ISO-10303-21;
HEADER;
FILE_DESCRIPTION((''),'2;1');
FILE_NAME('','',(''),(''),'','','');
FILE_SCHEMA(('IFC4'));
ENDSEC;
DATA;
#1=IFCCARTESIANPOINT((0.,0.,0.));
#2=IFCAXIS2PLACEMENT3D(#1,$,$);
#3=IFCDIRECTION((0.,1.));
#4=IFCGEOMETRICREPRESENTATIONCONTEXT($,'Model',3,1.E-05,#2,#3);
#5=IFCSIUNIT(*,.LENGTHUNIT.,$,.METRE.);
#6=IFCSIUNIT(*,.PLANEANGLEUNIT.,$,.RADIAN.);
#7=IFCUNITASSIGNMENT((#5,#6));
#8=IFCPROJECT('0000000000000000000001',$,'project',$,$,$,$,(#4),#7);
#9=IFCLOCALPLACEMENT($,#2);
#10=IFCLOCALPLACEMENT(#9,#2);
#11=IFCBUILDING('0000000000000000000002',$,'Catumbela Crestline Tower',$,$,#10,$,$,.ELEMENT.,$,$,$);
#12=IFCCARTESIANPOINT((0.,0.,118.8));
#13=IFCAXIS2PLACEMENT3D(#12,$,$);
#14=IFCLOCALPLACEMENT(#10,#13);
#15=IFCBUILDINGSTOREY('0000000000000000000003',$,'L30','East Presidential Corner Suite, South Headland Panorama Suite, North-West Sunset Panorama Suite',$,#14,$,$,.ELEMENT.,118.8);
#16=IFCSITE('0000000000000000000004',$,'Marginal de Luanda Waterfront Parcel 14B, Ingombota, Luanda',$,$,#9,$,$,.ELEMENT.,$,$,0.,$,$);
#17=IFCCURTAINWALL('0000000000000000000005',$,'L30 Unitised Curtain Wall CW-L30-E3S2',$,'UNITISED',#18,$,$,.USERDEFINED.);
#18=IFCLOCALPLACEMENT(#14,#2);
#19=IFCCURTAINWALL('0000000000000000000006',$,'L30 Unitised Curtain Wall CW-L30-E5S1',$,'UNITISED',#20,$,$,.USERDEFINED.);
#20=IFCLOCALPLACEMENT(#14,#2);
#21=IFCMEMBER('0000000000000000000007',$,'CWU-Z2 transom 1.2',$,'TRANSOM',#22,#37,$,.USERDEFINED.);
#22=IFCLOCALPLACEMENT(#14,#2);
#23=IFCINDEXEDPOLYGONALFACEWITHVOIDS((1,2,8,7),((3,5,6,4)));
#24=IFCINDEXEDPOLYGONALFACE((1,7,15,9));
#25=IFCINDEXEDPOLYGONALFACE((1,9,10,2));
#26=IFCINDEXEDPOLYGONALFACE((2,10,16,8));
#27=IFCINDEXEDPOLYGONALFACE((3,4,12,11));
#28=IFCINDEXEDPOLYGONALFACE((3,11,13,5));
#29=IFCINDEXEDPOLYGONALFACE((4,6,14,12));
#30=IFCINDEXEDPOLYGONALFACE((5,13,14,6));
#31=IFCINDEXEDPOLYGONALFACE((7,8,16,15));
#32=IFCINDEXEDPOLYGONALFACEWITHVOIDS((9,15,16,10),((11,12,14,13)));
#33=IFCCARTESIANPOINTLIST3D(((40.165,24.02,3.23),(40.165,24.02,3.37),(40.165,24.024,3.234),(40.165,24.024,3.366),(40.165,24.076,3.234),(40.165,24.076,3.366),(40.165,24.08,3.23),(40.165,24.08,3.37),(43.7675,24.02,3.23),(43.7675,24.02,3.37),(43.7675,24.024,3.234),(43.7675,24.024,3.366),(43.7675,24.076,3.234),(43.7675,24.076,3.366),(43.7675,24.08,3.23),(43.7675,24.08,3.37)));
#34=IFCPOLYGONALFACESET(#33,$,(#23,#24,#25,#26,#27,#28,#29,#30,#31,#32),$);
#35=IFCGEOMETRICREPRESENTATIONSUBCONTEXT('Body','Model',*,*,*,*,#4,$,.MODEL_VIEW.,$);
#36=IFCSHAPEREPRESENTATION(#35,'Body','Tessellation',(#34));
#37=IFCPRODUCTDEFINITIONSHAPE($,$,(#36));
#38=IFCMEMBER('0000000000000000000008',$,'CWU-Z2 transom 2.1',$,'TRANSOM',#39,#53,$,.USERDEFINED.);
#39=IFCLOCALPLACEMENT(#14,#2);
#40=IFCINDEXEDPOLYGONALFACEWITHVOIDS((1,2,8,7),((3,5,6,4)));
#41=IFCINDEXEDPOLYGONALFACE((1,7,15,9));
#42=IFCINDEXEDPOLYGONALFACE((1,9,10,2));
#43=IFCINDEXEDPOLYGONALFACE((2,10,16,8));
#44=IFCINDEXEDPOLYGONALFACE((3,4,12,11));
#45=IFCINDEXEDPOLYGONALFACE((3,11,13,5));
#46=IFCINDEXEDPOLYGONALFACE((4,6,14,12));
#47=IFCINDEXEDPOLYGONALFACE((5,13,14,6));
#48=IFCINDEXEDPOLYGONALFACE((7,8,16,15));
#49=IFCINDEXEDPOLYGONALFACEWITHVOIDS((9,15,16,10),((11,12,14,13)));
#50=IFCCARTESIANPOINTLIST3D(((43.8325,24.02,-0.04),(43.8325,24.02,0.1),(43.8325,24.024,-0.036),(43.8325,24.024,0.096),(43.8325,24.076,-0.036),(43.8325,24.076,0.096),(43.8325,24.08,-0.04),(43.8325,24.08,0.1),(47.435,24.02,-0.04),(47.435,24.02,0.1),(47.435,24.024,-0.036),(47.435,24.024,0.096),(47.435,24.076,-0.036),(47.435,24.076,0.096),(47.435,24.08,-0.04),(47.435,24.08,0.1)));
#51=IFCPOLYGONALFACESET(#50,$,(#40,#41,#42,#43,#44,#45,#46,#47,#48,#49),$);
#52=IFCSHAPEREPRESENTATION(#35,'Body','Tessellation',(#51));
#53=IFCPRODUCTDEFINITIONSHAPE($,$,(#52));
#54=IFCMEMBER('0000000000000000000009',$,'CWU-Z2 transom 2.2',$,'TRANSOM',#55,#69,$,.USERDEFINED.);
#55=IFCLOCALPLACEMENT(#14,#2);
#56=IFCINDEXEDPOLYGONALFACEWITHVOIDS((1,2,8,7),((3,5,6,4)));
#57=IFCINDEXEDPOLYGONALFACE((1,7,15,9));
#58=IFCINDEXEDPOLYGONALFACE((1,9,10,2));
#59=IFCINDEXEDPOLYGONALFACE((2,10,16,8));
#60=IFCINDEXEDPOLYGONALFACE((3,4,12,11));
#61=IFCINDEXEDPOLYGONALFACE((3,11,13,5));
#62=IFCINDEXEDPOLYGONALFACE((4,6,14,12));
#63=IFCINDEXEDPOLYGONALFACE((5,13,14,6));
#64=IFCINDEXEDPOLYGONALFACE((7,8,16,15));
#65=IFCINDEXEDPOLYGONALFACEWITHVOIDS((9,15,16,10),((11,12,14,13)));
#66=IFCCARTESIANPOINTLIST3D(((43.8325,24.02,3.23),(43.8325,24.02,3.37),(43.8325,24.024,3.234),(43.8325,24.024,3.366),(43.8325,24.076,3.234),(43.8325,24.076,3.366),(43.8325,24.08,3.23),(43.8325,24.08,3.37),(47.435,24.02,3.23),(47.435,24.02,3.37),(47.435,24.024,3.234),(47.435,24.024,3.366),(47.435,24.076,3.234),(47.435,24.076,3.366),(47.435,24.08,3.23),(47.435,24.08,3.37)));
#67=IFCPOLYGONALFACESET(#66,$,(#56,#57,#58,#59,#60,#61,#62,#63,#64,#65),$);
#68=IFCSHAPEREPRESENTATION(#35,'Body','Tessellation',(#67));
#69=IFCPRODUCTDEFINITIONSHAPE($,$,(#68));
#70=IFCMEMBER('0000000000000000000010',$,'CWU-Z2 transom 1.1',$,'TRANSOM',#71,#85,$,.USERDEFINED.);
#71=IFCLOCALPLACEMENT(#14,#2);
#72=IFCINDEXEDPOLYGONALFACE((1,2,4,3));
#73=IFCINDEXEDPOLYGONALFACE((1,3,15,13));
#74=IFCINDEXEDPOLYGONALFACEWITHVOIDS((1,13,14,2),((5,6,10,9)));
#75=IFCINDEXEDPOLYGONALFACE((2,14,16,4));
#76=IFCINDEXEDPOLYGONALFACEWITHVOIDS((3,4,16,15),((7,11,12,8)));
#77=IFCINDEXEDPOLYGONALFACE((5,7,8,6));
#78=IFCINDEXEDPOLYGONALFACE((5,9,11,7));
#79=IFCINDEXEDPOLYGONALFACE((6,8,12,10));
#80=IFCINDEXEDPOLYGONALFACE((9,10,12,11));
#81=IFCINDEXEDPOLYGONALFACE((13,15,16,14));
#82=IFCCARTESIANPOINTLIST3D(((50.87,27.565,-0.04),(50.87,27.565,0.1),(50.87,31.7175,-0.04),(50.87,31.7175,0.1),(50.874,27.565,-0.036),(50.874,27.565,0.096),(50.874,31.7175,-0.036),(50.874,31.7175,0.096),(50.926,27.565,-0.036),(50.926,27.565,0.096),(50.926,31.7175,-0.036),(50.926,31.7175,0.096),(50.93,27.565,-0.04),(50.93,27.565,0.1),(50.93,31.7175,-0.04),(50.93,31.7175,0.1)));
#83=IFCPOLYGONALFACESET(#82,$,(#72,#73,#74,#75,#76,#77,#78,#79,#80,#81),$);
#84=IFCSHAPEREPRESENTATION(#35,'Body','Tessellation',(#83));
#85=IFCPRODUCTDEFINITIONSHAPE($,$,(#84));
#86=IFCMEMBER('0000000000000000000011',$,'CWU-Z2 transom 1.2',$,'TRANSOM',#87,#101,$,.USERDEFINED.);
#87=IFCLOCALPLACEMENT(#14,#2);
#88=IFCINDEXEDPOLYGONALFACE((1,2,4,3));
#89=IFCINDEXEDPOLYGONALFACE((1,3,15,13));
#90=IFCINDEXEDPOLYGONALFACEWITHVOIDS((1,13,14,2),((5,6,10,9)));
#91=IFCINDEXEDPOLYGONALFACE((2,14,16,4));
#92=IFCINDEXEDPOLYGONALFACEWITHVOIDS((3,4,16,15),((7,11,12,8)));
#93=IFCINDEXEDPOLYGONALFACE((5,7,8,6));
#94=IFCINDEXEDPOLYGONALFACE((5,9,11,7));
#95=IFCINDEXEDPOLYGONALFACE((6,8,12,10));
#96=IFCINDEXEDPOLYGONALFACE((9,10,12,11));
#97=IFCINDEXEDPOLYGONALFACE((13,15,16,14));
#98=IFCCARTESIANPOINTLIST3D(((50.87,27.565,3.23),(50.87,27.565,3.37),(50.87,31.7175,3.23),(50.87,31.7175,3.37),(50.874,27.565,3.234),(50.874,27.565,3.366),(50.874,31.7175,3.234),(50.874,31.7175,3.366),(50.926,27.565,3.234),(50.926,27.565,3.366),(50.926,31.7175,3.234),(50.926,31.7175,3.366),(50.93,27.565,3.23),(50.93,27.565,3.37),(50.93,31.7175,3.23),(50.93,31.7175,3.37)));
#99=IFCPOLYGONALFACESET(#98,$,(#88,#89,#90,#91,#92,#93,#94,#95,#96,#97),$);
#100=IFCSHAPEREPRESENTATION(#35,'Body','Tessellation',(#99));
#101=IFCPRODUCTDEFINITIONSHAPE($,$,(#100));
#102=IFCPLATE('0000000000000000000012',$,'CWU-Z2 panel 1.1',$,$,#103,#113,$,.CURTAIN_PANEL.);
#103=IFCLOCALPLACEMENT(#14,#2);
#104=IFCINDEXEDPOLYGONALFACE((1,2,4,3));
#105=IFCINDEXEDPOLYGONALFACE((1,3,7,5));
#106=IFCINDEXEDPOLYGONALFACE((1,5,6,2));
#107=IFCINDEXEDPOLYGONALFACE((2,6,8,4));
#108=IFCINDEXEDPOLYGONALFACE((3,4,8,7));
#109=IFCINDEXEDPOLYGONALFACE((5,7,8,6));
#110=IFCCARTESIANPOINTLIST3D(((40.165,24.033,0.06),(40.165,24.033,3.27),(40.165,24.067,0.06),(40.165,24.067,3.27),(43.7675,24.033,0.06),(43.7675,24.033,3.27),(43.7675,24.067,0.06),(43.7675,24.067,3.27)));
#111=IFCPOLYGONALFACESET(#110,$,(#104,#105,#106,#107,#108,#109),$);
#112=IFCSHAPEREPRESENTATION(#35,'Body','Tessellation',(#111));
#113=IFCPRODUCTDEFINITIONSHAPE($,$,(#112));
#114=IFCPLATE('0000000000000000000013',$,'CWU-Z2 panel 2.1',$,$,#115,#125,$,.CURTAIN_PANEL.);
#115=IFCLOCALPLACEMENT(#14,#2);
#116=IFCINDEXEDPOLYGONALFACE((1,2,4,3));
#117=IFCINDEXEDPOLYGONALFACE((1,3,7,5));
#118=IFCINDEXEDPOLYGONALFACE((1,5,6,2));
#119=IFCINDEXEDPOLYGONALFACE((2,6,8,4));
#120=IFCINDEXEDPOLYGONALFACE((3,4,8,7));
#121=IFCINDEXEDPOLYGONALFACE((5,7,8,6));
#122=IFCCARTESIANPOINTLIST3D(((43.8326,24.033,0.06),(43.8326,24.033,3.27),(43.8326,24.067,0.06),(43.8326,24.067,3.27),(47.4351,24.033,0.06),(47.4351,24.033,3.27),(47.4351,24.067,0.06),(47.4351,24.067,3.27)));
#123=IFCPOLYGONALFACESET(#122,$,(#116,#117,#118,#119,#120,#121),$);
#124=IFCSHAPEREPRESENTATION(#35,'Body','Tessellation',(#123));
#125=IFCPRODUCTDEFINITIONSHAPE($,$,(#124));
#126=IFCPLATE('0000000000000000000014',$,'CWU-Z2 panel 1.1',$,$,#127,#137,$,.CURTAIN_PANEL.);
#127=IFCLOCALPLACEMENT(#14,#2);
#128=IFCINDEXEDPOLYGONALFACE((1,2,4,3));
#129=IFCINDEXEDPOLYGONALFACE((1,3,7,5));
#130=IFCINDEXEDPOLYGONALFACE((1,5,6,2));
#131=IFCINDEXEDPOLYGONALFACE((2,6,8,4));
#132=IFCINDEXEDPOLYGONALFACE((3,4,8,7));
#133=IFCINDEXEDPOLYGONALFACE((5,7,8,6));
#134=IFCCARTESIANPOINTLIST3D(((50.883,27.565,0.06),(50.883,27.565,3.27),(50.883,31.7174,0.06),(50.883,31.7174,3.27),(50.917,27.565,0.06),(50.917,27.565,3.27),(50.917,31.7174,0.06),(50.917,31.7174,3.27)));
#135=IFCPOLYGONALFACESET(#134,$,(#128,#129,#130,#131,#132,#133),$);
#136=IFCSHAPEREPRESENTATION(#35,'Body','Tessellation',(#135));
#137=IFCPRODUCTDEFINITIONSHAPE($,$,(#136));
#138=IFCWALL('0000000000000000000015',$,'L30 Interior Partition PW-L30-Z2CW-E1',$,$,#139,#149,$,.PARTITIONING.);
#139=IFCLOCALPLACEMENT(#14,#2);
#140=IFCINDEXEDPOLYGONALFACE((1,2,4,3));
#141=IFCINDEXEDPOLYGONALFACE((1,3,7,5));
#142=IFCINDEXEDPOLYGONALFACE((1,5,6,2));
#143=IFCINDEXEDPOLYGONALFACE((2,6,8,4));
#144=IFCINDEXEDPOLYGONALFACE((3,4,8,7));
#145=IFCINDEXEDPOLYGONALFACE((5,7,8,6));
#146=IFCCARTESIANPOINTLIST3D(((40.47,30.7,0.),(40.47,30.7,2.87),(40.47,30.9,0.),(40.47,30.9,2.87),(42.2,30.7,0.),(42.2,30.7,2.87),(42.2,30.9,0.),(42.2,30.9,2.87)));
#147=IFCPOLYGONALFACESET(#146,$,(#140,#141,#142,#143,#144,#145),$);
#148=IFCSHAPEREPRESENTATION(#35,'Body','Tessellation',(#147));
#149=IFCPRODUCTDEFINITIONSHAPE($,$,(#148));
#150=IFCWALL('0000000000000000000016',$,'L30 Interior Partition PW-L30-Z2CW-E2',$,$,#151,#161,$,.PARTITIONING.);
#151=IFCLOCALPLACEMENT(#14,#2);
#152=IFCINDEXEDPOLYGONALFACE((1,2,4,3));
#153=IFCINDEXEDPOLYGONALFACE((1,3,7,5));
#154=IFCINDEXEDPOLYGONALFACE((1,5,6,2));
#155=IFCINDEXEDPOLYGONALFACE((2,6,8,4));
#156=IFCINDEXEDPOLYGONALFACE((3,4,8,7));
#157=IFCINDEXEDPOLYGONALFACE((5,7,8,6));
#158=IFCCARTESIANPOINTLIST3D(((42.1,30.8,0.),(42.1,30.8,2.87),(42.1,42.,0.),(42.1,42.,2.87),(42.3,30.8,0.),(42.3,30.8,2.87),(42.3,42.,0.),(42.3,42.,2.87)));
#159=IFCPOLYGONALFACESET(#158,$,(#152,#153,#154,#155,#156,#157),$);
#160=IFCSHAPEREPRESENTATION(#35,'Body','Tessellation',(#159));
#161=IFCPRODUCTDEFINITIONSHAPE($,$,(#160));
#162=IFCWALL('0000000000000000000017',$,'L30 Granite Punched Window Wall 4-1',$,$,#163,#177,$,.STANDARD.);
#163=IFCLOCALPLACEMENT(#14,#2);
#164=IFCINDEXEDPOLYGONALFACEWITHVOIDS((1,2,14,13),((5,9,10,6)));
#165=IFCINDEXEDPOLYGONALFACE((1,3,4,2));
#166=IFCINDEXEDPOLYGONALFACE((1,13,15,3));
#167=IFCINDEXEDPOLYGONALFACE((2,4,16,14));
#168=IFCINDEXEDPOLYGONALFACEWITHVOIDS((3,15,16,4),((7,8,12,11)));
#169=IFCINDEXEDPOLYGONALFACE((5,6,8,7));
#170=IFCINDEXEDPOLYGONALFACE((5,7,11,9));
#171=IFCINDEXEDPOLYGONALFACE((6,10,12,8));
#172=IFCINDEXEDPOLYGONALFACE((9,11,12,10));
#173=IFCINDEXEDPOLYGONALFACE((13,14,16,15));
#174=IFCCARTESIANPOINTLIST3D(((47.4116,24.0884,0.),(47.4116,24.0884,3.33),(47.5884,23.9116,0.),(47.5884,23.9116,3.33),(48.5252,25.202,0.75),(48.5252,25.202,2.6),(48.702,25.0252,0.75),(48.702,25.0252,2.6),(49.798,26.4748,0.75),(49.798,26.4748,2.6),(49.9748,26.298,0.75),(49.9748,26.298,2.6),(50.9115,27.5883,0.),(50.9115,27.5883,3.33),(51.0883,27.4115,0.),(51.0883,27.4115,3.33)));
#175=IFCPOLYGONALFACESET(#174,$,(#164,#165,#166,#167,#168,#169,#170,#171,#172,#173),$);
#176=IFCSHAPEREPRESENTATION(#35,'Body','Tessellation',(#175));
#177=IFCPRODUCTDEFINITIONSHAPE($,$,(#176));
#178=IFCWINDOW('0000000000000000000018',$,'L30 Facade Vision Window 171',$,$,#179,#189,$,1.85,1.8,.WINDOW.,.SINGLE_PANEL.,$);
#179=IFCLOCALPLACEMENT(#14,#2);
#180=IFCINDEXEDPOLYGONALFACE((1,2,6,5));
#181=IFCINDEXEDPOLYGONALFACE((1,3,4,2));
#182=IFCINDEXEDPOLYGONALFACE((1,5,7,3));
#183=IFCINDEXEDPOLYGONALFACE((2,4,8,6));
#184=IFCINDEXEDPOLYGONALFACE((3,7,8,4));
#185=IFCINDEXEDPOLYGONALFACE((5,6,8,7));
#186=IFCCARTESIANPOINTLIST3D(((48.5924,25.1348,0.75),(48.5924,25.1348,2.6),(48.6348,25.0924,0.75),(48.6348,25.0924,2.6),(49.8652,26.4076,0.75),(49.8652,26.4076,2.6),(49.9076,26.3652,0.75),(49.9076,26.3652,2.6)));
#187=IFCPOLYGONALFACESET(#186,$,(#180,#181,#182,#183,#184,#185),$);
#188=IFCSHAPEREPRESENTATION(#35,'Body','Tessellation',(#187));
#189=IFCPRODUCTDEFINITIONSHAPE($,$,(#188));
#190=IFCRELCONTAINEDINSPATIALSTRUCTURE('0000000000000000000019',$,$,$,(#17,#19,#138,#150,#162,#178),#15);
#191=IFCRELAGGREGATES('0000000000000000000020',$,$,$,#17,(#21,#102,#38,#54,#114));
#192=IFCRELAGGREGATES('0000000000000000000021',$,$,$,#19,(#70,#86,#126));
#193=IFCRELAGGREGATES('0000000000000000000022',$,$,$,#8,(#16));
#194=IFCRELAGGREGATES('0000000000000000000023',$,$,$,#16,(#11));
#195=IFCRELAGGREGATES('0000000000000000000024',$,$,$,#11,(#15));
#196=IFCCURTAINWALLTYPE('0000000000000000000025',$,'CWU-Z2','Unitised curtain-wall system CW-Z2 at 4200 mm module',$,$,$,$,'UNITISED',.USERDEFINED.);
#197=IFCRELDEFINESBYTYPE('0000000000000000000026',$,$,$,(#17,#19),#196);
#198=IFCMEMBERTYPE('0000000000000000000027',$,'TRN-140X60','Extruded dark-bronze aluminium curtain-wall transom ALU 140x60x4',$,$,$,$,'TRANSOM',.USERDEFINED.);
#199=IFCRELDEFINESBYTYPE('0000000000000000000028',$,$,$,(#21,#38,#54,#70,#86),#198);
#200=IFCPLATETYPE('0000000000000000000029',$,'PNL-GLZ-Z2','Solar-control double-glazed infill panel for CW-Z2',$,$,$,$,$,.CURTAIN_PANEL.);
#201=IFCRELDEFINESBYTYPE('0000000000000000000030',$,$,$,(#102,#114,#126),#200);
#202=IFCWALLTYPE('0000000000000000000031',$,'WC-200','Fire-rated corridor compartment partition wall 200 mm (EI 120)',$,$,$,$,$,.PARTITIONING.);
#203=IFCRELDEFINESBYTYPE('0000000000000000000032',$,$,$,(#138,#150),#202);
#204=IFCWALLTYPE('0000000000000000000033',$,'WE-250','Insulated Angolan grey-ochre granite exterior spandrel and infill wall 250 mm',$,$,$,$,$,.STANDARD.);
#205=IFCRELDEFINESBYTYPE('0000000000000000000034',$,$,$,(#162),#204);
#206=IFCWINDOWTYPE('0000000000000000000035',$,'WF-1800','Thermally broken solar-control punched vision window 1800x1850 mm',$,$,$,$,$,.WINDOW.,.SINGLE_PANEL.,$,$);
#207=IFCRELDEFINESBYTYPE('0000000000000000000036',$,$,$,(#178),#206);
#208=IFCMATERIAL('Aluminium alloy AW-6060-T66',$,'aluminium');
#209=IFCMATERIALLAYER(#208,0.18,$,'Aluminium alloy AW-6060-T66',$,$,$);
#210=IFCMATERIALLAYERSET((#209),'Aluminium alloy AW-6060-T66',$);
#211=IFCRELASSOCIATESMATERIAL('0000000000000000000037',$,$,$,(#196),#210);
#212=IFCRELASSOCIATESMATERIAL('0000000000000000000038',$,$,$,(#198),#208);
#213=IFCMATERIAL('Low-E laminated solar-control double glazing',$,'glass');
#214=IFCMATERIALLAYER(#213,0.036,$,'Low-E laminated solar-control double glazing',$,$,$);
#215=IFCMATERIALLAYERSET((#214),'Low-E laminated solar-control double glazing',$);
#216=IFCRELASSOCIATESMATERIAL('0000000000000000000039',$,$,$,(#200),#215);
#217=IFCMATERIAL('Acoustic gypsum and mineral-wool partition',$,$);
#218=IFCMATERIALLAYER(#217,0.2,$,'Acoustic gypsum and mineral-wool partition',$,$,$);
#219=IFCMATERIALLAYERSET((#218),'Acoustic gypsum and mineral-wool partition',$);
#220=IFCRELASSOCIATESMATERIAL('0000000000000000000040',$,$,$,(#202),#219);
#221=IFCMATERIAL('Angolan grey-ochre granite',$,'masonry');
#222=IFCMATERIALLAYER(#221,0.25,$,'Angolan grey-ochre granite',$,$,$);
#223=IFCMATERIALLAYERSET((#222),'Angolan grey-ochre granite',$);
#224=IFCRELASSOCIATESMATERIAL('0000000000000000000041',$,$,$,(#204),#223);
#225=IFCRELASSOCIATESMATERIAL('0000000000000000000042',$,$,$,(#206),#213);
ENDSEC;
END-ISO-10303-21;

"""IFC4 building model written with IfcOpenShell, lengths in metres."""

from ifc_helpers import new_model, si_unit, direction, frame, frame_2d, origin, origin_2d, place, context, subcontext, project, spatial, rectangle, hollow_rectangle, extrude, material, layer, layer_set, material_profile, profile_set, type_object, element, fill, aggregate, save


model = new_model("IFC4")

# Units and contexts
model_context = context("Model", 3, precision=1e-05, world=origin(), true_north=direction((0.0, 1.0)))
body_context = subcontext(model_context, "Body", "Model", "MODEL_VIEW")
ifc_project = project(units=[si_unit("LENGTHUNIT", "METRE"), si_unit("PLANEANGLEUNIT", "RADIAN")], contexts=[model_context])

# Site, building, storey
site_placement = place(None, origin())
site = spatial("IfcSite", under=ifc_project, at=site_placement, Name="Marginal de Luanda Waterfront Parcel 14B, Ingombota, Luanda", CompositionType="ELEMENT", RefElevation=0.0)
building_placement = place(site_placement, origin())
building = spatial("IfcBuilding", under=site, at=building_placement, Name="Catumbela Crestline Tower", CompositionType="ELEMENT")
storey_placement = place(building_placement, frame((0.0, 0.0, 118.8)))
storey = spatial("IfcBuildingStorey", under=building, at=storey_placement, Name="L30", Description="East Presidential Corner Suite, South Headland Panorama Suite, North-West Sunset Panorama Suite", CompositionType="ELEMENT", Elevation=118.8)

# Curtain wall
ifc_material_1 = material(Name="Aluminium alloy AW-6060-T66", Category="aluminium")
ifc_layer_1 = layer(ifc_material_1, 0.18, Name="Aluminium alloy AW-6060-T66")
ifc_layer_set_1 = layer_set([ifc_layer_1], Name="Aluminium alloy AW-6060-T66")
curtain_wall_type = type_object("IfcCurtainWallType", Name="CWU-Z2", Description="Unitised curtain-wall system CW-Z2 at 4200 mm module", ElementType="UNITISED", PredefinedType="USERDEFINED", material=ifc_layer_set_1)
curtain_wall_1_placement = place(storey_placement, origin())
curtain_wall_1 = element("IfcCurtainWall", 1, at=curtain_wall_1_placement, inside=storey, type_object=curtain_wall_type, Name="L30 Unitised Curtain Wall CW-L30-E3S2", ObjectType="UNITISED", PredefinedType="USERDEFINED")

# Curtain wall
curtain_wall_2_placement = place(storey_placement, origin())
curtain_wall_2 = element("IfcCurtainWall", 2, at=curtain_wall_2_placement, inside=storey, type_object=curtain_wall_type, Name="L30 Unitised Curtain Wall CW-L30-E5S1", ObjectType="UNITISED", PredefinedType="USERDEFINED")

# Members
ifc_material_profile_1 = material_profile(ifc_material_1, hollow_rectangle(XDim=0.06, YDim=0.14, WallThickness=0.004, at=origin_2d()), Name="ALU 140x60x4")
ifc_profile_set_1 = profile_set([ifc_material_profile_1], Name="Aluminium alloy AW-6060-T66")
member_type_1 = type_object("IfcMemberType", Name="TRN-140X60", Description="Extruded dark-bronze aluminium curtain-wall transom ALU 140x60x4", ElementType="TRANSOM", PredefinedType="USERDEFINED", material=ifc_profile_set_1)
member_1_placement = place(storey_placement, frame((40.165, 24.05, 3.3), z_axis=(1.0, 0.0, 0.0), x_axis=(0.0, 1.0, 0.0)))
member_1 = element("IfcMember", 3, at=member_1_placement, type_object=member_type_1, Name="CWU-Z2 transom 1.2", ObjectType="TRANSOM", PredefinedType="USERDEFINED", context=body_context, shape_type="SweptSolid", body=[
    extrude(hollow_rectangle(XDim=0.06, YDim=0.14, WallThickness=0.004, at=origin_2d()), origin(), (0.0, 0.0, 1.0), 3.6025),
])
member_2_placement = place(storey_placement, frame((43.8325, 24.05, 0.03), z_axis=(1.0, 0.0, 0.0), x_axis=(0.0, 1.0, 0.0)))
member_2 = element("IfcMember", 4, at=member_2_placement, type_object=member_type_1, Name="CWU-Z2 transom 2.1", ObjectType="TRANSOM", PredefinedType="USERDEFINED", context=body_context, shape_type="SweptSolid", body=[
    extrude(hollow_rectangle(XDim=0.06, YDim=0.14, WallThickness=0.004, at=origin_2d()), origin(), (0.0, 0.0, 1.0), 3.6025),
])
member_3_placement = place(storey_placement, frame((43.8325, 24.05, 3.3), z_axis=(1.0, 0.0, 0.0), x_axis=(0.0, 1.0, 0.0)))
member_3 = element("IfcMember", 5, at=member_3_placement, type_object=member_type_1, Name="CWU-Z2 transom 2.2", ObjectType="TRANSOM", PredefinedType="USERDEFINED", context=body_context, shape_type="SweptSolid", body=[
    extrude(hollow_rectangle(XDim=0.06, YDim=0.14, WallThickness=0.004, at=origin_2d()), origin(), (0.0, 0.0, 1.0), 3.6025),
])
member_4_placement = place(storey_placement, frame((50.9, 27.565, 0.03), z_axis=(0.0, 1.0, 0.0), x_axis=(-1.0, 0.0, 0.0)))
member_4 = element("IfcMember", 6, at=member_4_placement, type_object=member_type_1, Name="CWU-Z2 transom 1.1", ObjectType="TRANSOM", PredefinedType="USERDEFINED", context=body_context, shape_type="SweptSolid", body=[
    extrude(hollow_rectangle(XDim=0.06, YDim=0.14, WallThickness=0.004, at=origin_2d()), origin(), (0.0, 0.0, 1.0), 4.1525),
])
member_5_placement = place(storey_placement, frame((50.9, 27.565, 3.3), z_axis=(0.0, 1.0, 0.0), x_axis=(-1.0, 0.0, 0.0)))
member_5 = element("IfcMember", 7, at=member_5_placement, type_object=member_type_1, Name="CWU-Z2 transom 1.2", ObjectType="TRANSOM", PredefinedType="USERDEFINED", context=body_context, shape_type="SweptSolid", body=[
    extrude(hollow_rectangle(XDim=0.06, YDim=0.14, WallThickness=0.004, at=origin_2d()), origin(), (0.0, 0.0, 1.0), 4.1525),
])

# Plates
ifc_material_2 = material(Name="Low-E laminated solar-control double glazing", Category="glass")
ifc_layer_2 = layer(ifc_material_2, 0.036, Name="Low-E laminated solar-control double glazing")
ifc_layer_set_2 = layer_set([ifc_layer_2], Name="Low-E laminated solar-control double glazing")
plate_type = type_object("IfcPlateType", Name="PNL-GLZ-Z2", Description="Solar-control double-glazed infill panel for CW-Z2", PredefinedType="CURTAIN_PANEL", material=ifc_layer_set_2)
plate_1_placement = place(storey_placement, frame((41.9662, 24.05, 0.06), z_axis=(0.0, 0.0, 1.0), x_axis=(1.0, 0.0, 0.0)))
plate_1 = element("IfcPlate", 8, at=plate_1_placement, type_object=plate_type, Name="CWU-Z2 panel 1.1", PredefinedType="CURTAIN_PANEL", context=body_context, shape_type="SweptSolid", body=[
    extrude(rectangle(XDim=3.6025, YDim=0.034, at=origin_2d()), origin(), (0.0, 0.0, 1.0), 3.21),
])
plate_2_placement = place(storey_placement, frame((45.6338, 24.05, 0.06), z_axis=(0.0, 0.0, 1.0), x_axis=(1.0, 0.0, 0.0)))
plate_2 = element("IfcPlate", 9, at=plate_2_placement, type_object=plate_type, Name="CWU-Z2 panel 2.1", PredefinedType="CURTAIN_PANEL", context=body_context, shape_type="SweptSolid", body=[
    extrude(rectangle(XDim=3.6025, YDim=0.034, at=origin_2d()), origin(), (0.0, 0.0, 1.0), 3.21),
])
aggregate(curtain_wall_1, [member_1, plate_1, member_2, member_3, plate_2])
plate_3_placement = place(storey_placement, frame((50.9, 29.6412, 0.06), z_axis=(0.0, 0.0, 1.0), x_axis=(0.0, 1.0, 0.0)))
plate_3 = element("IfcPlate", 10, at=plate_3_placement, type_object=plate_type, Name="CWU-Z2 panel 1.1", PredefinedType="CURTAIN_PANEL", context=body_context, shape_type="SweptSolid", body=[
    extrude(rectangle(XDim=4.1525, YDim=0.034, at=origin_2d()), origin(), (0.0, 0.0, 1.0), 3.21),
])
aggregate(curtain_wall_2, [member_4, member_5, plate_3])

# Walls
ifc_material_3 = material(Name="Acoustic gypsum and mineral-wool partition")
ifc_layer_3 = layer(ifc_material_3, 0.2, Name="Acoustic gypsum and mineral-wool partition")
ifc_layer_set_3 = layer_set([ifc_layer_3], Name="Acoustic gypsum and mineral-wool partition")
wall_type_1 = type_object("IfcWallType", Name="WC-200", Description="Fire-rated corridor compartment partition wall 200 mm (EI 120)", PredefinedType="PARTITIONING", material=ifc_layer_set_3)
wall_1_placement = place(storey_placement, frame((40.47, 30.8, 0.0), z_axis=(0.0, 0.0, 1.0), x_axis=(1.0, 0.0, 0.0)))
element("IfcWall", 11, at=wall_1_placement, inside=storey, type_object=wall_type_1, Name="L30 Interior Partition PW-L30-Z2CW-E1", PredefinedType="PARTITIONING", context=body_context, shape_type="SweptSolid", body=[
    extrude(rectangle(XDim=1.73, YDim=0.2, at=frame_2d((0.865, 0.0))), origin(), (0.0, 0.0, 1.0), 2.87),
])
wall_2_placement = place(storey_placement, frame((42.2, 30.8, 0.0), z_axis=(0.0, 0.0, 1.0), x_axis=(0.0, 1.0, 0.0)))
element("IfcWall", 12, at=wall_2_placement, inside=storey, type_object=wall_type_1, Name="L30 Interior Partition PW-L30-Z2CW-E2", PredefinedType="PARTITIONING", context=body_context, shape_type="SweptSolid", body=[
    extrude(rectangle(XDim=11.2, YDim=0.2, at=frame_2d((5.6, 0.0))), origin(), (0.0, 0.0, 1.0), 2.87),
])

# Wall, opening, window
ifc_material_4 = material(Name="Angolan grey-ochre granite", Category="masonry")
ifc_layer_4 = layer(ifc_material_4, 0.25, Name="Angolan grey-ochre granite")
ifc_layer_set_4 = layer_set([ifc_layer_4], Name="Angolan grey-ochre granite")
wall_type_2 = type_object("IfcWallType", Name="WE-250", Description="Insulated Angolan grey-ochre granite exterior spandrel and infill wall 250 mm", PredefinedType="STANDARD", material=ifc_layer_set_4)
wall_3_placement = place(storey_placement, frame((47.5, 24.0, 0.0), z_axis=(0.0, 0.0, 1.0), x_axis=(0.707107, 0.707107, 0.0)))
wall_3 = element("IfcWall", 13, at=wall_3_placement, inside=storey, type_object=wall_type_2, Name="L30 Granite Punched Window Wall 4-1", PredefinedType="STANDARD", context=body_context, shape_type="SweptSolid", body=[
    extrude(rectangle(XDim=4.9497, YDim=0.25, at=frame_2d((2.4748, 0.0))), origin(), (0.0, 0.0, 1.0), 3.33),
])
opening_1_placement = place(wall_3_placement, frame((1.5749, 0.0, 0.75)))
opening_1 = element("IfcOpeningElement", 14, at=opening_1_placement, cuts=wall_3, PredefinedType="OPENING", context=body_context, shape_type="SweptSolid", body=[
    extrude(rectangle(XDim=1.8, YDim=1.85, at=frame_2d((0.9, 0.925))), frame((0.0, 0.135, 0.0), z_axis=(0.0, -1.0, 0.0), x_axis=(1.0, 0.0, 0.0)), (0.0, 0.0, 1.0), 0.27),
])
window_type = type_object("IfcWindowType", Name="WF-1800", Description="Thermally broken solar-control punched vision window 1800x1850 mm", PartitioningType="SINGLE_PANEL", PredefinedType="WINDOW", material=ifc_material_2)
window_placement = place(opening_1_placement, origin())
window = element("IfcWindow", 15, at=window_placement, inside=storey, type_object=window_type, Name="L30 Facade Vision Window 171", OverallHeight=1.85, OverallWidth=1.8, PartitioningType="SINGLE_PANEL", PredefinedType="WINDOW", context=body_context, shape_type="SweptSolid", body=[
    extrude(rectangle(XDim=1.8, YDim=1.85, at=frame_2d((0.9, 0.925))), frame((0.0, 0.03, 0.0), z_axis=(0.0, -1.0, 0.0), x_axis=(1.0, 0.0, 0.0)), (0.0, 0.0, 1.0), 0.06),
])
fill(opening_1, window)

save(model, "model.ifc")
